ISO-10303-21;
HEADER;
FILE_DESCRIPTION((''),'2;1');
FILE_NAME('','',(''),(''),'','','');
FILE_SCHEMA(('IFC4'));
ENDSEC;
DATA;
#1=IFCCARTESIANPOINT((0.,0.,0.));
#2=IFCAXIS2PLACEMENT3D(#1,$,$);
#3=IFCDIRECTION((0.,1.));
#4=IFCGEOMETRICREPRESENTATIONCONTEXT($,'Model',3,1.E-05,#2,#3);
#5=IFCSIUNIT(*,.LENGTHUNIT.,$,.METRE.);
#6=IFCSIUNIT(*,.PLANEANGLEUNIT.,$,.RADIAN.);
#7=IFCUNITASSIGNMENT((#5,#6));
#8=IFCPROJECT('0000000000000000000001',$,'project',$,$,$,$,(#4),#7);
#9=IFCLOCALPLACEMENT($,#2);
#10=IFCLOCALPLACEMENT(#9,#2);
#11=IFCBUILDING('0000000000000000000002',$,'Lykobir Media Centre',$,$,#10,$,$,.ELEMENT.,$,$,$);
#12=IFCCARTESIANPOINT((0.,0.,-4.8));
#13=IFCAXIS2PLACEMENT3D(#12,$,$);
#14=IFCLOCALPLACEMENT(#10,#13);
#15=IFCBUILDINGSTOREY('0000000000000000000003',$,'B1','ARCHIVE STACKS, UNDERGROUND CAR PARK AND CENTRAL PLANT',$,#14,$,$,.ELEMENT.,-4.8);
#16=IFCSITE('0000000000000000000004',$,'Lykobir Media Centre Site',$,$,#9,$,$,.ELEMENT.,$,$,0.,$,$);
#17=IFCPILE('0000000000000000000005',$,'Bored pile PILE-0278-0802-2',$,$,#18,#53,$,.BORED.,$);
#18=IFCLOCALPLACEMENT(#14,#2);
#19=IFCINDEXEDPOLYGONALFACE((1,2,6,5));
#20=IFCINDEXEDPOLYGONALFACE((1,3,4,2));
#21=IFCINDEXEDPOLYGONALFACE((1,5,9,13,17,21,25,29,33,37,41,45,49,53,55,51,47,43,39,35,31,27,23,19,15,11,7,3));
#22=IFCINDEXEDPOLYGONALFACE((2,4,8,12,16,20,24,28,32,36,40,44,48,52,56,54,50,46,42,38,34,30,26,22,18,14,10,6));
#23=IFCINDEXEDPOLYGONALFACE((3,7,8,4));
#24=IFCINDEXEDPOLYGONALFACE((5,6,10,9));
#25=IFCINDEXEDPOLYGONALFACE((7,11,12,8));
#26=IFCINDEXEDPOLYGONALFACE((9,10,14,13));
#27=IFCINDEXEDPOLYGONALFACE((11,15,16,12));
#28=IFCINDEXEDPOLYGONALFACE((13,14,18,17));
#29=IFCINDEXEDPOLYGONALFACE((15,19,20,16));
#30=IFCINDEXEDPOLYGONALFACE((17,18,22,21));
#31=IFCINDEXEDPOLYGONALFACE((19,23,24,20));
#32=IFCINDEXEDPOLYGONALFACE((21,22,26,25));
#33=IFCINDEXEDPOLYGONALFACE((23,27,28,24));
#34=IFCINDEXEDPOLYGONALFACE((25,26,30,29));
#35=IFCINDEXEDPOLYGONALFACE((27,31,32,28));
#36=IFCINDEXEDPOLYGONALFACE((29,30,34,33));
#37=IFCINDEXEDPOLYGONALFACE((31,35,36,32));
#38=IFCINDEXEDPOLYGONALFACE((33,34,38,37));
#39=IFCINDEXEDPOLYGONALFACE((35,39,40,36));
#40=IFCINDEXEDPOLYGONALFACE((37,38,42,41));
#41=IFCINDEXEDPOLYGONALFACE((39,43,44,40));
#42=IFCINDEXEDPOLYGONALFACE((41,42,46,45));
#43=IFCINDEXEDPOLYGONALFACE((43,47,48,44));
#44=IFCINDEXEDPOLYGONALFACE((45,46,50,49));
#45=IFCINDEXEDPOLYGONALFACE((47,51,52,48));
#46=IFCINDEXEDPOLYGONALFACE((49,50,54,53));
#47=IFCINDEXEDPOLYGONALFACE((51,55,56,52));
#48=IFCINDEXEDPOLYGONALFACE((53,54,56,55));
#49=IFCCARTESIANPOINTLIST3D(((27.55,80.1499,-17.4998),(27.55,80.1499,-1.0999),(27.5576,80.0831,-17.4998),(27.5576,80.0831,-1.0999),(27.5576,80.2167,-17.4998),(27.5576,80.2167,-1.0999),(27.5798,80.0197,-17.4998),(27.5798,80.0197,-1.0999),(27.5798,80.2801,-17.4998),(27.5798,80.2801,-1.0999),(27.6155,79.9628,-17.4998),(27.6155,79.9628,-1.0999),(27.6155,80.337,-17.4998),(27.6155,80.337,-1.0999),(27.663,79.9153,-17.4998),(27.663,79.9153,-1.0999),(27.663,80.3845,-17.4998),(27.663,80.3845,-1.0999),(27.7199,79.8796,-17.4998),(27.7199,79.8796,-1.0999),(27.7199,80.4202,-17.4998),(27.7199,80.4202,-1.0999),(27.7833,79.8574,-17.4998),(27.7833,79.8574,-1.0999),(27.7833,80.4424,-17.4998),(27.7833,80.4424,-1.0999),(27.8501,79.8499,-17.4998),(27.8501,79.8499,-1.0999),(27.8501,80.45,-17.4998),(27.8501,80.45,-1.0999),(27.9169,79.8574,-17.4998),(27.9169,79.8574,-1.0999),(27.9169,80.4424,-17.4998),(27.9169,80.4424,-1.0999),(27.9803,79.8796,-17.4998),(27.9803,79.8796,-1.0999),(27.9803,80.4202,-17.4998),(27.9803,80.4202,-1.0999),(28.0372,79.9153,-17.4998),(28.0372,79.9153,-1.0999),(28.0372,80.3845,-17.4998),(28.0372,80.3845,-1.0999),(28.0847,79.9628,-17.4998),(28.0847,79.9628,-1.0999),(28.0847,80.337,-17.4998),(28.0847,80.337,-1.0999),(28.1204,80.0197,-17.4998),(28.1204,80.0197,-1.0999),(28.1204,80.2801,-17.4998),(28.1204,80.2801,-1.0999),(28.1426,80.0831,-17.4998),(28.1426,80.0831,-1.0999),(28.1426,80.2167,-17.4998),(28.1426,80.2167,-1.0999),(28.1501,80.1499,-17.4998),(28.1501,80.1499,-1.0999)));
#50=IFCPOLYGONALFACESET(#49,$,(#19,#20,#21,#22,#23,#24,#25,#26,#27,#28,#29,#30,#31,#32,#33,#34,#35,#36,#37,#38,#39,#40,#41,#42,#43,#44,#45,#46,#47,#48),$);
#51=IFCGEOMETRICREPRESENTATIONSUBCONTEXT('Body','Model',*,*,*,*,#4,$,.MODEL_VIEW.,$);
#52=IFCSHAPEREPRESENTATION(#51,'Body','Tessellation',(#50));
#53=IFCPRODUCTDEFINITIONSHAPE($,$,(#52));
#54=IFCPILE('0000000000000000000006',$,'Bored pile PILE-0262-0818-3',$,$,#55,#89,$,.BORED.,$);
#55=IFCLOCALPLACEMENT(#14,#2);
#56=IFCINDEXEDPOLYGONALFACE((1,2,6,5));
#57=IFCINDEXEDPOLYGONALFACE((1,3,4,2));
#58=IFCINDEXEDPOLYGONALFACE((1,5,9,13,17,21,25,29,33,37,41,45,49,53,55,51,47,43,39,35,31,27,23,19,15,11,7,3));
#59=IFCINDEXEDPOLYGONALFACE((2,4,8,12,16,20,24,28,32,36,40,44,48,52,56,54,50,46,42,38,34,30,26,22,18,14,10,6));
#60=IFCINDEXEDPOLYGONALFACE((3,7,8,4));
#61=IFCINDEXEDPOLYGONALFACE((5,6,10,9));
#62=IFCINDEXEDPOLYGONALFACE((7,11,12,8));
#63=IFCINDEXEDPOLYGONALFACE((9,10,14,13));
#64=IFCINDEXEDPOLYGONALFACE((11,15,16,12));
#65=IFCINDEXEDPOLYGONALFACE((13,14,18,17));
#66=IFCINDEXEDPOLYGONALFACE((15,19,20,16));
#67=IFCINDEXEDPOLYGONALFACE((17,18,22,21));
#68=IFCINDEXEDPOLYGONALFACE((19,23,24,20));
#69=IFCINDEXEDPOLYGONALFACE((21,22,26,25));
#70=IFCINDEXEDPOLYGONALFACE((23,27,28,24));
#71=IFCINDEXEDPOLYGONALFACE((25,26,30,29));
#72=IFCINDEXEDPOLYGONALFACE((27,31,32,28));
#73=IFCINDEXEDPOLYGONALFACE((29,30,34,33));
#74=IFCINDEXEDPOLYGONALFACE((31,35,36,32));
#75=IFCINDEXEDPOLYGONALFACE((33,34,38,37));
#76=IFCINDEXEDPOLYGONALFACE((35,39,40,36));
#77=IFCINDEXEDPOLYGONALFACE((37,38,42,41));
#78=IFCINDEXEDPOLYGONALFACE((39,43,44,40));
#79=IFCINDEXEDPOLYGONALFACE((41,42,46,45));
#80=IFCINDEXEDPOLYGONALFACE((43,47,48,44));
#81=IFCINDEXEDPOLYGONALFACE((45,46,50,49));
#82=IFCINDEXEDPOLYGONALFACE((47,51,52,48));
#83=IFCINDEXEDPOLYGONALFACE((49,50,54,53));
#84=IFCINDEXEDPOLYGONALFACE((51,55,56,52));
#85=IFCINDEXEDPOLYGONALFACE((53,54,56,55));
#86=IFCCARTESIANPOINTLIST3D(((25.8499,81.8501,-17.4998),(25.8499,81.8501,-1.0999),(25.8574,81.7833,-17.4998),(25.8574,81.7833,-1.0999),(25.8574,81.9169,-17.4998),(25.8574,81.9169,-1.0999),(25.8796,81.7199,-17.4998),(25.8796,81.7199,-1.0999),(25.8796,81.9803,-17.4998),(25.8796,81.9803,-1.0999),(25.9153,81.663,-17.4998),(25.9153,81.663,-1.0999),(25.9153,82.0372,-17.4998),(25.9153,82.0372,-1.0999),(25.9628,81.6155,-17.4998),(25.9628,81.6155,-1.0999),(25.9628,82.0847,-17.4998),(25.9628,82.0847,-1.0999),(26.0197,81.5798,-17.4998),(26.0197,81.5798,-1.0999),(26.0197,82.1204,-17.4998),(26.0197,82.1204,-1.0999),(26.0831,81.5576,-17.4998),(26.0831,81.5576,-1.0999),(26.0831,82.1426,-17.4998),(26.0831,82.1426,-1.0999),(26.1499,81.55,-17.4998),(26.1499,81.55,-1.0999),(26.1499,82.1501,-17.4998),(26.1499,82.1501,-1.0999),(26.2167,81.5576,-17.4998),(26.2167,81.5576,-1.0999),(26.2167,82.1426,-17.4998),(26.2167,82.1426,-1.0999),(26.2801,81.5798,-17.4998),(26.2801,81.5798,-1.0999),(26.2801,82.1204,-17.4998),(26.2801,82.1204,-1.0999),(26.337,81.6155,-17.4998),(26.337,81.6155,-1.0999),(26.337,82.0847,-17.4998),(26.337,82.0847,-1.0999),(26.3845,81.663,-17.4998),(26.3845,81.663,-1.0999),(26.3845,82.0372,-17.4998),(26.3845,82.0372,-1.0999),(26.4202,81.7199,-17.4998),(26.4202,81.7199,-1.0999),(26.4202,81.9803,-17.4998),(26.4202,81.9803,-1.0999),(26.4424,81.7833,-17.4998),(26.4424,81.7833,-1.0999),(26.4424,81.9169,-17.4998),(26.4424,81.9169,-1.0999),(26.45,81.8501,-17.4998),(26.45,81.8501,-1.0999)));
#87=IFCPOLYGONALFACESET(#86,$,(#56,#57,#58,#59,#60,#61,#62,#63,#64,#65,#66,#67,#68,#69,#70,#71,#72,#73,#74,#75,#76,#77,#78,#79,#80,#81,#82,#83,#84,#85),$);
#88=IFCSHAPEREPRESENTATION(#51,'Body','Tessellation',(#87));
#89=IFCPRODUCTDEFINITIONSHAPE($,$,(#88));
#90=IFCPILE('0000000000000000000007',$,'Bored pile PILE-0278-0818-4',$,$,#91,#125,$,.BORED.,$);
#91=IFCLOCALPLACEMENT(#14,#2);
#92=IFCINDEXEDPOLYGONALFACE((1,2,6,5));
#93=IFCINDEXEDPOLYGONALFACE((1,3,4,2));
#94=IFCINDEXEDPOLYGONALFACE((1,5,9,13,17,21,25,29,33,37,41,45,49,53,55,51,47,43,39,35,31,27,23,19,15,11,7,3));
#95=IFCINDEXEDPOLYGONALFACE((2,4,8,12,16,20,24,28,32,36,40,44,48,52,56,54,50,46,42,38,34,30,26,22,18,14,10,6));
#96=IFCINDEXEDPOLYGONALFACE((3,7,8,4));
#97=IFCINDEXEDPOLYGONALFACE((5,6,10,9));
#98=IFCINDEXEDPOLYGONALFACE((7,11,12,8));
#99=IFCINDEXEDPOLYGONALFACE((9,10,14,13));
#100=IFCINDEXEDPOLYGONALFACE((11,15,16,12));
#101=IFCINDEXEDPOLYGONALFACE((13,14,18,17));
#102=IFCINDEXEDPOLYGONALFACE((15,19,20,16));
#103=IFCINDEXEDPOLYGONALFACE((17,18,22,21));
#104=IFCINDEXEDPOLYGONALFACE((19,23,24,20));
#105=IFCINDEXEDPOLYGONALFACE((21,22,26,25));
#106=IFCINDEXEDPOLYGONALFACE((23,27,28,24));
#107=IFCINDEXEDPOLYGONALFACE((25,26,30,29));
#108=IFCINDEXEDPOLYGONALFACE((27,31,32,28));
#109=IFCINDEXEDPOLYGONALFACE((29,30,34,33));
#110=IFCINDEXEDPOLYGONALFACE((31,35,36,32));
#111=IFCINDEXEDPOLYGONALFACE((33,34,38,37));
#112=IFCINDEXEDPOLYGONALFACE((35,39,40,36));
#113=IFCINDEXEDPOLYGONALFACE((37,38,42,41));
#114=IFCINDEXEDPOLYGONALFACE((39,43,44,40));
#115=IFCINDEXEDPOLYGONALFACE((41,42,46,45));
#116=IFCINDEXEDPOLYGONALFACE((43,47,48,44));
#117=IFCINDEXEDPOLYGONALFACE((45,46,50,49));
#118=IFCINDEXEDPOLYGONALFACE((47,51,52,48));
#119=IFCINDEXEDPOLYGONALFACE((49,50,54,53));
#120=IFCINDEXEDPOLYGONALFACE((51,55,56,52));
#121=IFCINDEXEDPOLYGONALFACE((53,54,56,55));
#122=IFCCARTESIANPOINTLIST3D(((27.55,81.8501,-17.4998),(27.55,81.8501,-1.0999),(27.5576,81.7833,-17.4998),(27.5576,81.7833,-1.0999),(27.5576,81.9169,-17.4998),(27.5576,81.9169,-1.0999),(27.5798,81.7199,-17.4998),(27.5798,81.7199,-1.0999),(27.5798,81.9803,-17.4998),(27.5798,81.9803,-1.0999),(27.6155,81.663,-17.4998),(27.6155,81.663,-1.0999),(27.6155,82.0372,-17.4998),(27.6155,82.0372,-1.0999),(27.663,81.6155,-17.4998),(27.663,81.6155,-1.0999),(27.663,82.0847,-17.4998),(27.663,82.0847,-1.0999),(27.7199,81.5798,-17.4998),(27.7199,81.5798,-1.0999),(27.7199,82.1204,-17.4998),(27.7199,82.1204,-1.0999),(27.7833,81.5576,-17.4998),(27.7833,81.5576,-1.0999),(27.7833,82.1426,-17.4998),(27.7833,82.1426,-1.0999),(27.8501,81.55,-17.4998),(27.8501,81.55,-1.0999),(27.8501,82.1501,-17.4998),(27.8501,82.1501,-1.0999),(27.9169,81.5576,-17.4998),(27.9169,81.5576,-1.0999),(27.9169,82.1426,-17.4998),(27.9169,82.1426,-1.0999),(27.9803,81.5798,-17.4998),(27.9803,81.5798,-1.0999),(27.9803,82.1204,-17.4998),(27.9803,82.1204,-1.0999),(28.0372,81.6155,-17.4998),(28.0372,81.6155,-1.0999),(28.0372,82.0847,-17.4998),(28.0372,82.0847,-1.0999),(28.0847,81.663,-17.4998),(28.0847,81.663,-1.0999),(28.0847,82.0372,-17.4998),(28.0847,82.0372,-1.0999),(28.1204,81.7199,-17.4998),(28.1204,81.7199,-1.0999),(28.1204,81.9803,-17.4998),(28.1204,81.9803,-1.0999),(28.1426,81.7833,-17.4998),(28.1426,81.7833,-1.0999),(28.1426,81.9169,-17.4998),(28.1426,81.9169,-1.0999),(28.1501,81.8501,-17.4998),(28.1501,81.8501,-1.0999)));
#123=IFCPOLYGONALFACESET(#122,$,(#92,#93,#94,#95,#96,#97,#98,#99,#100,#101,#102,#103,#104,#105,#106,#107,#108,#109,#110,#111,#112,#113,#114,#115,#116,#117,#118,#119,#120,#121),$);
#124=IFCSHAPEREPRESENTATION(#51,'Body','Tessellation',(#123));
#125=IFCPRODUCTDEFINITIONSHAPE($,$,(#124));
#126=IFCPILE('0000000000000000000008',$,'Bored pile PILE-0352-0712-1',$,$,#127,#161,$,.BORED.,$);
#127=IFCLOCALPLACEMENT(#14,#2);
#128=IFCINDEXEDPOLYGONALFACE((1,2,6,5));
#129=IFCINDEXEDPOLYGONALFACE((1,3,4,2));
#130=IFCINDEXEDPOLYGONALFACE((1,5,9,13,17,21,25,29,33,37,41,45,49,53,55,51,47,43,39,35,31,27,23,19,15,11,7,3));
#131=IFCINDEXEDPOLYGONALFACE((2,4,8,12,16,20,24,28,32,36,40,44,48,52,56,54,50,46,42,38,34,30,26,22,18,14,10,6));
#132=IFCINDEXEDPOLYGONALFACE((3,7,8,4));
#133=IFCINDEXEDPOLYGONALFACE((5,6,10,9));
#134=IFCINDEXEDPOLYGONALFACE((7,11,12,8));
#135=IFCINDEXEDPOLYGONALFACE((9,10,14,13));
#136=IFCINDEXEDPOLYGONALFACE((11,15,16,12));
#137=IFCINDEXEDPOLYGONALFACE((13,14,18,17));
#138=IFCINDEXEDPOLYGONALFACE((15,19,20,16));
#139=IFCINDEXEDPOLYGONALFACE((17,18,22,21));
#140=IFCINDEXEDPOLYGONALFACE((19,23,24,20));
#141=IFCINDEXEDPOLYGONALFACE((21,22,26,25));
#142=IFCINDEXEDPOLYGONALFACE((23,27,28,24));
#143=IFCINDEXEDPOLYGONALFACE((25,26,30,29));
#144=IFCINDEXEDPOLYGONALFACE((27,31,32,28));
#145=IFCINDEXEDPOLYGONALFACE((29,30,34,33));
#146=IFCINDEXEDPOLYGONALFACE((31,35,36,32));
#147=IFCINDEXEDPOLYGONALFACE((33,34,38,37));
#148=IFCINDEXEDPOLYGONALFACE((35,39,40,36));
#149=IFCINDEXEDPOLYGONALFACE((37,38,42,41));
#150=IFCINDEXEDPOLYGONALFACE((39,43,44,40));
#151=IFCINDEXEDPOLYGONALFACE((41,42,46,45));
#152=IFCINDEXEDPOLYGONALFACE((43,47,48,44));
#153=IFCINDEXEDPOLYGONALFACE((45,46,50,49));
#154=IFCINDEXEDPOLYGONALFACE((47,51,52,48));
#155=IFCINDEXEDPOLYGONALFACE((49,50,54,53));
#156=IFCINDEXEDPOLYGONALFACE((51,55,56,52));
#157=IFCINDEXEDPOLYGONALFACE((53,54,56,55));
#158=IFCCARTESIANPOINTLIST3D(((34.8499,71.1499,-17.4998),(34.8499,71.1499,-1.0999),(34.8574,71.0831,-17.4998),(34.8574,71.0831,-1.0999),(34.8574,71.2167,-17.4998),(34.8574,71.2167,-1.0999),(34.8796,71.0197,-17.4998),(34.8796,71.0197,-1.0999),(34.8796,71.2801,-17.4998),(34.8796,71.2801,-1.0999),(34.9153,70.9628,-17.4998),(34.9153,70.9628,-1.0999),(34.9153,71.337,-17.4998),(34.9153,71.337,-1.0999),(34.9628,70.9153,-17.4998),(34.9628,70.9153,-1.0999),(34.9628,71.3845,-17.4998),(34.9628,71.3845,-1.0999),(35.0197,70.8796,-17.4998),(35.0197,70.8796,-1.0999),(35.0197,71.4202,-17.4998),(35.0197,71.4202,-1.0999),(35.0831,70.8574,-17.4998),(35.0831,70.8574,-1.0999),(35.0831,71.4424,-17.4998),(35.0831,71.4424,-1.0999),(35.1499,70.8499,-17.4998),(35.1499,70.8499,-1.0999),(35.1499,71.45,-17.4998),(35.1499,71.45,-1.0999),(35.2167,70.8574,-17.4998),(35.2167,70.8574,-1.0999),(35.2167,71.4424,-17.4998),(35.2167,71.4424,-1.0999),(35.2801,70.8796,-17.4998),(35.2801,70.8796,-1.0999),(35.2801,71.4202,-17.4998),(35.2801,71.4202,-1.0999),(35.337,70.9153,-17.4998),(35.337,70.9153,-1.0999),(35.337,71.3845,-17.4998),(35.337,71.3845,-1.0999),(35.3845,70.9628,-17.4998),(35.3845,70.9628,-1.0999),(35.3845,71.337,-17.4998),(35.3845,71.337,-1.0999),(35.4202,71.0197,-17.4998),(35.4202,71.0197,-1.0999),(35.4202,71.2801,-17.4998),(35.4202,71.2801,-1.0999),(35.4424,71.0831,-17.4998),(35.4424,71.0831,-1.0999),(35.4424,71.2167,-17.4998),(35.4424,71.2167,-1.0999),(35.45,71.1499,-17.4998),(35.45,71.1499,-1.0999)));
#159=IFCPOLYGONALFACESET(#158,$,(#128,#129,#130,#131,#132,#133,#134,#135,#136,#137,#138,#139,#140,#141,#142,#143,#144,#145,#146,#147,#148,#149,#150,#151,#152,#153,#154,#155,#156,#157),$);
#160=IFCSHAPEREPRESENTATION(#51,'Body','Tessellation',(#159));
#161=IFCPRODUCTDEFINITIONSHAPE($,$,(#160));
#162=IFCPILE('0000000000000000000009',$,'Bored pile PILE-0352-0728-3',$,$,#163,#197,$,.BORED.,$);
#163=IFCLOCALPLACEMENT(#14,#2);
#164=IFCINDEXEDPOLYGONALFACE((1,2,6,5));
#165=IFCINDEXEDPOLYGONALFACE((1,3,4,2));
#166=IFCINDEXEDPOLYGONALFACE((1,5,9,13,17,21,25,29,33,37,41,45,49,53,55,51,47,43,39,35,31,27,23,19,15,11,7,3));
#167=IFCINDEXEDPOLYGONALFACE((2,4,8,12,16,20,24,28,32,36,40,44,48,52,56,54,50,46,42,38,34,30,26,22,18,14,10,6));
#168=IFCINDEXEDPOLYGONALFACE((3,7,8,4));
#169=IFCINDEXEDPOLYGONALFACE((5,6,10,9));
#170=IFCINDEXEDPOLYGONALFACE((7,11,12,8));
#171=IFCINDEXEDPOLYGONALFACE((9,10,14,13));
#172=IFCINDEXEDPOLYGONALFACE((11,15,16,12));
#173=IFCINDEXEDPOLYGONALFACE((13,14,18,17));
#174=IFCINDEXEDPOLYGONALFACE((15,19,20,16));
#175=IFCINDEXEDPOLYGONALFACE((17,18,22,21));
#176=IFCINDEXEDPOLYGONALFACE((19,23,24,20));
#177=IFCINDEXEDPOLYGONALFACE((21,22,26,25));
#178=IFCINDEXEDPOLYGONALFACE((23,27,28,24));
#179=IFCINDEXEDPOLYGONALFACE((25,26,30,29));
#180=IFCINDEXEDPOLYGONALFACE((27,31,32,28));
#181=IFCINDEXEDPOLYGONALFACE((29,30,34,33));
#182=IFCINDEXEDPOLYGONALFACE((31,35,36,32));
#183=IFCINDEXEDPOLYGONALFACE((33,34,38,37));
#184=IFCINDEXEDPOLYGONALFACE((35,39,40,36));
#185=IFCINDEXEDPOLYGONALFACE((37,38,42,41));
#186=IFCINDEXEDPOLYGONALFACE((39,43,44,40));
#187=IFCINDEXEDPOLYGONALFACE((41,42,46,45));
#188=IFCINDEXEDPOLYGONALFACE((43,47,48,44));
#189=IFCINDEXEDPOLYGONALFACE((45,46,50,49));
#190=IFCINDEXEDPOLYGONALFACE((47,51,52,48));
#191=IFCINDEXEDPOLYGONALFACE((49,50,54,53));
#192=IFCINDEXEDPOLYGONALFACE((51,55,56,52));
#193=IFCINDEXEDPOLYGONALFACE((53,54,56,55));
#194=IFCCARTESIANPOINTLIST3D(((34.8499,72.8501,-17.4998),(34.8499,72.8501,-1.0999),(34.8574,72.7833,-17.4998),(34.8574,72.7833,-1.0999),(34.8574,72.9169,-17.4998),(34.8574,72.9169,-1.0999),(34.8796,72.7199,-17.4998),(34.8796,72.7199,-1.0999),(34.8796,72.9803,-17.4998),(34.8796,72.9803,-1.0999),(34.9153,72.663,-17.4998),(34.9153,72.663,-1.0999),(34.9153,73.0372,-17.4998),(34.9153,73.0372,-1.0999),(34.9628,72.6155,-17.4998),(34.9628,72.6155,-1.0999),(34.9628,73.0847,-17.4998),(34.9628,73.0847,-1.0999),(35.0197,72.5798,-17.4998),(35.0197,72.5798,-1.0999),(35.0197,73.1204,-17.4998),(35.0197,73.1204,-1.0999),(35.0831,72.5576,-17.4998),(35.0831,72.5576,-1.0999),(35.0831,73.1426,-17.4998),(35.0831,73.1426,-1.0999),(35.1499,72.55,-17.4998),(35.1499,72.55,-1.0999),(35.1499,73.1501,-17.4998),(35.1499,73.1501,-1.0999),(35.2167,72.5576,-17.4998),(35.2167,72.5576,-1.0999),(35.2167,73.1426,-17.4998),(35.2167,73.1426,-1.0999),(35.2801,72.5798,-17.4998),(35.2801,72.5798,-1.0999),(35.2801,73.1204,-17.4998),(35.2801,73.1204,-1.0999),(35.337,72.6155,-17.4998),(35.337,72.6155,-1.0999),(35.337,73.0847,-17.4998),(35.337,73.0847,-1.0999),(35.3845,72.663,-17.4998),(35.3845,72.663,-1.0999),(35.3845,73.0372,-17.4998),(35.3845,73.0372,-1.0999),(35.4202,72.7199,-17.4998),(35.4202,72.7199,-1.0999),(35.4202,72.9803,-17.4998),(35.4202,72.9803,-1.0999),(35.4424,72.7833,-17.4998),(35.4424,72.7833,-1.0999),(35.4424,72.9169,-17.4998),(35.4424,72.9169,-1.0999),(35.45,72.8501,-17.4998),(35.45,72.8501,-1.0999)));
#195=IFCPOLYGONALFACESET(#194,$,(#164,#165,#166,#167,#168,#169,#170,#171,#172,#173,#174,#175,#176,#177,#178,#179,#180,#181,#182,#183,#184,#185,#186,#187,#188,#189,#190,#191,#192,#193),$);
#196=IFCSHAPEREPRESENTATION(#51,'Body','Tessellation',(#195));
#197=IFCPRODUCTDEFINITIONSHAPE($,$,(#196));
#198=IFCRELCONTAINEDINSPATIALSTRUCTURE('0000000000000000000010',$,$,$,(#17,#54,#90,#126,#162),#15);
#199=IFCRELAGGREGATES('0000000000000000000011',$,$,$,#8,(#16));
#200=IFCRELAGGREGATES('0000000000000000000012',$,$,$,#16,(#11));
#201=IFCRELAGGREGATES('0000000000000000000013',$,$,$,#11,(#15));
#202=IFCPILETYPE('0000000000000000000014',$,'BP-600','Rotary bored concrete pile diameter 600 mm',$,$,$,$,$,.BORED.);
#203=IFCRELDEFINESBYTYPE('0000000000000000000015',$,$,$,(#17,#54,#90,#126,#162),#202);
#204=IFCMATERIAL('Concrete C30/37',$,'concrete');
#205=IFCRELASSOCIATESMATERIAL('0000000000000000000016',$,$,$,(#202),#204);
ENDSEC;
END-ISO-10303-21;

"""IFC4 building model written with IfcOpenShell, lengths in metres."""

from ifc_helpers import new_model, si_unit, direction, frame, origin, origin_2d, place, context, subcontext, project, spatial, circle, extrude, material, material_profile, profile_set, type_object, element, save


model = new_model("IFC4")

# Units and contexts
model_context = context("Model", 3, precision=1e-05, world=origin(), true_north=direction((0.0, 1.0)))
body_context = subcontext(model_context, "Body", "Model", "MODEL_VIEW")
ifc_project = project(units=[si_unit("LENGTHUNIT", "METRE"), si_unit("PLANEANGLEUNIT", "RADIAN")], contexts=[model_context])

# Site, building, storey
site_placement = place(None, origin())
site = spatial("IfcSite", under=ifc_project, at=site_placement, Name="Lykobir Media Centre Site", CompositionType="ELEMENT", RefElevation=0.0)
building_placement = place(site_placement, origin())
building = spatial("IfcBuilding", under=site, at=building_placement, Name="Lykobir Media Centre", CompositionType="ELEMENT")
storey_placement = place(building_placement, frame((0.0, 0.0, -4.8)))
storey = spatial("IfcBuildingStorey", under=building, at=storey_placement, Name="B1", Description="ARCHIVE STACKS, UNDERGROUND CAR PARK AND CENTRAL PLANT", CompositionType="ELEMENT", Elevation=-4.8)

# Piles
ifc_material_1 = material(Name="Concrete C30/37", Category="concrete")
ifc_material_profile_1 = material_profile(ifc_material_1, circle(Radius=0.3, at=origin_2d()), Name="BORED PILE D600")
ifc_profile_set_1 = profile_set([ifc_material_profile_1], Name="Concrete C30/37")
pile_type = type_object("IfcPileType", Name="BP-600", Description="Rotary bored concrete pile diameter 600 mm", PredefinedType="BORED", material=ifc_profile_set_1)
for number, where, z_axis, x_axis, name in (
    (1, (27.8501, 80.1499, -1.0999), (0.0, 0.0, -1.0), (1.0, 0.0, 0.0), "Bored pile PILE-0278-0802-2"),
    (2, (26.1499, 81.8501, -1.0999), (0.0, 0.0, -1.0), (1.0, 0.0, 0.0), "Bored pile PILE-0262-0818-3"),
    (3, (27.8501, 81.8501, -1.0999), (0.0, 0.0, -1.0), (1.0, 0.0, 0.0), "Bored pile PILE-0278-0818-4"),
    (4, (35.1499, 71.1499, -1.0999), (0.0, 0.0, -1.0), (1.0, 0.0, 0.0), "Bored pile PILE-0352-0712-1"),
    (5, (35.1499, 72.8501, -1.0999), (0.0, 0.0, -1.0), (1.0, 0.0, 0.0), "Bored pile PILE-0352-0728-3"),
):
    element("IfcPile", number, at=place(storey_placement, frame(where, z_axis=z_axis, x_axis=x_axis)), inside=storey, type_object=pile_type, Name=name, PredefinedType="BORED", context=body_context, shape_type="SweptSolid", body=[
        extrude(circle(Radius=0.3, at=origin_2d()), origin(), (0.0, 0.0, 1.0), 16.3999),
    ])

save(model, "model.ifc")
